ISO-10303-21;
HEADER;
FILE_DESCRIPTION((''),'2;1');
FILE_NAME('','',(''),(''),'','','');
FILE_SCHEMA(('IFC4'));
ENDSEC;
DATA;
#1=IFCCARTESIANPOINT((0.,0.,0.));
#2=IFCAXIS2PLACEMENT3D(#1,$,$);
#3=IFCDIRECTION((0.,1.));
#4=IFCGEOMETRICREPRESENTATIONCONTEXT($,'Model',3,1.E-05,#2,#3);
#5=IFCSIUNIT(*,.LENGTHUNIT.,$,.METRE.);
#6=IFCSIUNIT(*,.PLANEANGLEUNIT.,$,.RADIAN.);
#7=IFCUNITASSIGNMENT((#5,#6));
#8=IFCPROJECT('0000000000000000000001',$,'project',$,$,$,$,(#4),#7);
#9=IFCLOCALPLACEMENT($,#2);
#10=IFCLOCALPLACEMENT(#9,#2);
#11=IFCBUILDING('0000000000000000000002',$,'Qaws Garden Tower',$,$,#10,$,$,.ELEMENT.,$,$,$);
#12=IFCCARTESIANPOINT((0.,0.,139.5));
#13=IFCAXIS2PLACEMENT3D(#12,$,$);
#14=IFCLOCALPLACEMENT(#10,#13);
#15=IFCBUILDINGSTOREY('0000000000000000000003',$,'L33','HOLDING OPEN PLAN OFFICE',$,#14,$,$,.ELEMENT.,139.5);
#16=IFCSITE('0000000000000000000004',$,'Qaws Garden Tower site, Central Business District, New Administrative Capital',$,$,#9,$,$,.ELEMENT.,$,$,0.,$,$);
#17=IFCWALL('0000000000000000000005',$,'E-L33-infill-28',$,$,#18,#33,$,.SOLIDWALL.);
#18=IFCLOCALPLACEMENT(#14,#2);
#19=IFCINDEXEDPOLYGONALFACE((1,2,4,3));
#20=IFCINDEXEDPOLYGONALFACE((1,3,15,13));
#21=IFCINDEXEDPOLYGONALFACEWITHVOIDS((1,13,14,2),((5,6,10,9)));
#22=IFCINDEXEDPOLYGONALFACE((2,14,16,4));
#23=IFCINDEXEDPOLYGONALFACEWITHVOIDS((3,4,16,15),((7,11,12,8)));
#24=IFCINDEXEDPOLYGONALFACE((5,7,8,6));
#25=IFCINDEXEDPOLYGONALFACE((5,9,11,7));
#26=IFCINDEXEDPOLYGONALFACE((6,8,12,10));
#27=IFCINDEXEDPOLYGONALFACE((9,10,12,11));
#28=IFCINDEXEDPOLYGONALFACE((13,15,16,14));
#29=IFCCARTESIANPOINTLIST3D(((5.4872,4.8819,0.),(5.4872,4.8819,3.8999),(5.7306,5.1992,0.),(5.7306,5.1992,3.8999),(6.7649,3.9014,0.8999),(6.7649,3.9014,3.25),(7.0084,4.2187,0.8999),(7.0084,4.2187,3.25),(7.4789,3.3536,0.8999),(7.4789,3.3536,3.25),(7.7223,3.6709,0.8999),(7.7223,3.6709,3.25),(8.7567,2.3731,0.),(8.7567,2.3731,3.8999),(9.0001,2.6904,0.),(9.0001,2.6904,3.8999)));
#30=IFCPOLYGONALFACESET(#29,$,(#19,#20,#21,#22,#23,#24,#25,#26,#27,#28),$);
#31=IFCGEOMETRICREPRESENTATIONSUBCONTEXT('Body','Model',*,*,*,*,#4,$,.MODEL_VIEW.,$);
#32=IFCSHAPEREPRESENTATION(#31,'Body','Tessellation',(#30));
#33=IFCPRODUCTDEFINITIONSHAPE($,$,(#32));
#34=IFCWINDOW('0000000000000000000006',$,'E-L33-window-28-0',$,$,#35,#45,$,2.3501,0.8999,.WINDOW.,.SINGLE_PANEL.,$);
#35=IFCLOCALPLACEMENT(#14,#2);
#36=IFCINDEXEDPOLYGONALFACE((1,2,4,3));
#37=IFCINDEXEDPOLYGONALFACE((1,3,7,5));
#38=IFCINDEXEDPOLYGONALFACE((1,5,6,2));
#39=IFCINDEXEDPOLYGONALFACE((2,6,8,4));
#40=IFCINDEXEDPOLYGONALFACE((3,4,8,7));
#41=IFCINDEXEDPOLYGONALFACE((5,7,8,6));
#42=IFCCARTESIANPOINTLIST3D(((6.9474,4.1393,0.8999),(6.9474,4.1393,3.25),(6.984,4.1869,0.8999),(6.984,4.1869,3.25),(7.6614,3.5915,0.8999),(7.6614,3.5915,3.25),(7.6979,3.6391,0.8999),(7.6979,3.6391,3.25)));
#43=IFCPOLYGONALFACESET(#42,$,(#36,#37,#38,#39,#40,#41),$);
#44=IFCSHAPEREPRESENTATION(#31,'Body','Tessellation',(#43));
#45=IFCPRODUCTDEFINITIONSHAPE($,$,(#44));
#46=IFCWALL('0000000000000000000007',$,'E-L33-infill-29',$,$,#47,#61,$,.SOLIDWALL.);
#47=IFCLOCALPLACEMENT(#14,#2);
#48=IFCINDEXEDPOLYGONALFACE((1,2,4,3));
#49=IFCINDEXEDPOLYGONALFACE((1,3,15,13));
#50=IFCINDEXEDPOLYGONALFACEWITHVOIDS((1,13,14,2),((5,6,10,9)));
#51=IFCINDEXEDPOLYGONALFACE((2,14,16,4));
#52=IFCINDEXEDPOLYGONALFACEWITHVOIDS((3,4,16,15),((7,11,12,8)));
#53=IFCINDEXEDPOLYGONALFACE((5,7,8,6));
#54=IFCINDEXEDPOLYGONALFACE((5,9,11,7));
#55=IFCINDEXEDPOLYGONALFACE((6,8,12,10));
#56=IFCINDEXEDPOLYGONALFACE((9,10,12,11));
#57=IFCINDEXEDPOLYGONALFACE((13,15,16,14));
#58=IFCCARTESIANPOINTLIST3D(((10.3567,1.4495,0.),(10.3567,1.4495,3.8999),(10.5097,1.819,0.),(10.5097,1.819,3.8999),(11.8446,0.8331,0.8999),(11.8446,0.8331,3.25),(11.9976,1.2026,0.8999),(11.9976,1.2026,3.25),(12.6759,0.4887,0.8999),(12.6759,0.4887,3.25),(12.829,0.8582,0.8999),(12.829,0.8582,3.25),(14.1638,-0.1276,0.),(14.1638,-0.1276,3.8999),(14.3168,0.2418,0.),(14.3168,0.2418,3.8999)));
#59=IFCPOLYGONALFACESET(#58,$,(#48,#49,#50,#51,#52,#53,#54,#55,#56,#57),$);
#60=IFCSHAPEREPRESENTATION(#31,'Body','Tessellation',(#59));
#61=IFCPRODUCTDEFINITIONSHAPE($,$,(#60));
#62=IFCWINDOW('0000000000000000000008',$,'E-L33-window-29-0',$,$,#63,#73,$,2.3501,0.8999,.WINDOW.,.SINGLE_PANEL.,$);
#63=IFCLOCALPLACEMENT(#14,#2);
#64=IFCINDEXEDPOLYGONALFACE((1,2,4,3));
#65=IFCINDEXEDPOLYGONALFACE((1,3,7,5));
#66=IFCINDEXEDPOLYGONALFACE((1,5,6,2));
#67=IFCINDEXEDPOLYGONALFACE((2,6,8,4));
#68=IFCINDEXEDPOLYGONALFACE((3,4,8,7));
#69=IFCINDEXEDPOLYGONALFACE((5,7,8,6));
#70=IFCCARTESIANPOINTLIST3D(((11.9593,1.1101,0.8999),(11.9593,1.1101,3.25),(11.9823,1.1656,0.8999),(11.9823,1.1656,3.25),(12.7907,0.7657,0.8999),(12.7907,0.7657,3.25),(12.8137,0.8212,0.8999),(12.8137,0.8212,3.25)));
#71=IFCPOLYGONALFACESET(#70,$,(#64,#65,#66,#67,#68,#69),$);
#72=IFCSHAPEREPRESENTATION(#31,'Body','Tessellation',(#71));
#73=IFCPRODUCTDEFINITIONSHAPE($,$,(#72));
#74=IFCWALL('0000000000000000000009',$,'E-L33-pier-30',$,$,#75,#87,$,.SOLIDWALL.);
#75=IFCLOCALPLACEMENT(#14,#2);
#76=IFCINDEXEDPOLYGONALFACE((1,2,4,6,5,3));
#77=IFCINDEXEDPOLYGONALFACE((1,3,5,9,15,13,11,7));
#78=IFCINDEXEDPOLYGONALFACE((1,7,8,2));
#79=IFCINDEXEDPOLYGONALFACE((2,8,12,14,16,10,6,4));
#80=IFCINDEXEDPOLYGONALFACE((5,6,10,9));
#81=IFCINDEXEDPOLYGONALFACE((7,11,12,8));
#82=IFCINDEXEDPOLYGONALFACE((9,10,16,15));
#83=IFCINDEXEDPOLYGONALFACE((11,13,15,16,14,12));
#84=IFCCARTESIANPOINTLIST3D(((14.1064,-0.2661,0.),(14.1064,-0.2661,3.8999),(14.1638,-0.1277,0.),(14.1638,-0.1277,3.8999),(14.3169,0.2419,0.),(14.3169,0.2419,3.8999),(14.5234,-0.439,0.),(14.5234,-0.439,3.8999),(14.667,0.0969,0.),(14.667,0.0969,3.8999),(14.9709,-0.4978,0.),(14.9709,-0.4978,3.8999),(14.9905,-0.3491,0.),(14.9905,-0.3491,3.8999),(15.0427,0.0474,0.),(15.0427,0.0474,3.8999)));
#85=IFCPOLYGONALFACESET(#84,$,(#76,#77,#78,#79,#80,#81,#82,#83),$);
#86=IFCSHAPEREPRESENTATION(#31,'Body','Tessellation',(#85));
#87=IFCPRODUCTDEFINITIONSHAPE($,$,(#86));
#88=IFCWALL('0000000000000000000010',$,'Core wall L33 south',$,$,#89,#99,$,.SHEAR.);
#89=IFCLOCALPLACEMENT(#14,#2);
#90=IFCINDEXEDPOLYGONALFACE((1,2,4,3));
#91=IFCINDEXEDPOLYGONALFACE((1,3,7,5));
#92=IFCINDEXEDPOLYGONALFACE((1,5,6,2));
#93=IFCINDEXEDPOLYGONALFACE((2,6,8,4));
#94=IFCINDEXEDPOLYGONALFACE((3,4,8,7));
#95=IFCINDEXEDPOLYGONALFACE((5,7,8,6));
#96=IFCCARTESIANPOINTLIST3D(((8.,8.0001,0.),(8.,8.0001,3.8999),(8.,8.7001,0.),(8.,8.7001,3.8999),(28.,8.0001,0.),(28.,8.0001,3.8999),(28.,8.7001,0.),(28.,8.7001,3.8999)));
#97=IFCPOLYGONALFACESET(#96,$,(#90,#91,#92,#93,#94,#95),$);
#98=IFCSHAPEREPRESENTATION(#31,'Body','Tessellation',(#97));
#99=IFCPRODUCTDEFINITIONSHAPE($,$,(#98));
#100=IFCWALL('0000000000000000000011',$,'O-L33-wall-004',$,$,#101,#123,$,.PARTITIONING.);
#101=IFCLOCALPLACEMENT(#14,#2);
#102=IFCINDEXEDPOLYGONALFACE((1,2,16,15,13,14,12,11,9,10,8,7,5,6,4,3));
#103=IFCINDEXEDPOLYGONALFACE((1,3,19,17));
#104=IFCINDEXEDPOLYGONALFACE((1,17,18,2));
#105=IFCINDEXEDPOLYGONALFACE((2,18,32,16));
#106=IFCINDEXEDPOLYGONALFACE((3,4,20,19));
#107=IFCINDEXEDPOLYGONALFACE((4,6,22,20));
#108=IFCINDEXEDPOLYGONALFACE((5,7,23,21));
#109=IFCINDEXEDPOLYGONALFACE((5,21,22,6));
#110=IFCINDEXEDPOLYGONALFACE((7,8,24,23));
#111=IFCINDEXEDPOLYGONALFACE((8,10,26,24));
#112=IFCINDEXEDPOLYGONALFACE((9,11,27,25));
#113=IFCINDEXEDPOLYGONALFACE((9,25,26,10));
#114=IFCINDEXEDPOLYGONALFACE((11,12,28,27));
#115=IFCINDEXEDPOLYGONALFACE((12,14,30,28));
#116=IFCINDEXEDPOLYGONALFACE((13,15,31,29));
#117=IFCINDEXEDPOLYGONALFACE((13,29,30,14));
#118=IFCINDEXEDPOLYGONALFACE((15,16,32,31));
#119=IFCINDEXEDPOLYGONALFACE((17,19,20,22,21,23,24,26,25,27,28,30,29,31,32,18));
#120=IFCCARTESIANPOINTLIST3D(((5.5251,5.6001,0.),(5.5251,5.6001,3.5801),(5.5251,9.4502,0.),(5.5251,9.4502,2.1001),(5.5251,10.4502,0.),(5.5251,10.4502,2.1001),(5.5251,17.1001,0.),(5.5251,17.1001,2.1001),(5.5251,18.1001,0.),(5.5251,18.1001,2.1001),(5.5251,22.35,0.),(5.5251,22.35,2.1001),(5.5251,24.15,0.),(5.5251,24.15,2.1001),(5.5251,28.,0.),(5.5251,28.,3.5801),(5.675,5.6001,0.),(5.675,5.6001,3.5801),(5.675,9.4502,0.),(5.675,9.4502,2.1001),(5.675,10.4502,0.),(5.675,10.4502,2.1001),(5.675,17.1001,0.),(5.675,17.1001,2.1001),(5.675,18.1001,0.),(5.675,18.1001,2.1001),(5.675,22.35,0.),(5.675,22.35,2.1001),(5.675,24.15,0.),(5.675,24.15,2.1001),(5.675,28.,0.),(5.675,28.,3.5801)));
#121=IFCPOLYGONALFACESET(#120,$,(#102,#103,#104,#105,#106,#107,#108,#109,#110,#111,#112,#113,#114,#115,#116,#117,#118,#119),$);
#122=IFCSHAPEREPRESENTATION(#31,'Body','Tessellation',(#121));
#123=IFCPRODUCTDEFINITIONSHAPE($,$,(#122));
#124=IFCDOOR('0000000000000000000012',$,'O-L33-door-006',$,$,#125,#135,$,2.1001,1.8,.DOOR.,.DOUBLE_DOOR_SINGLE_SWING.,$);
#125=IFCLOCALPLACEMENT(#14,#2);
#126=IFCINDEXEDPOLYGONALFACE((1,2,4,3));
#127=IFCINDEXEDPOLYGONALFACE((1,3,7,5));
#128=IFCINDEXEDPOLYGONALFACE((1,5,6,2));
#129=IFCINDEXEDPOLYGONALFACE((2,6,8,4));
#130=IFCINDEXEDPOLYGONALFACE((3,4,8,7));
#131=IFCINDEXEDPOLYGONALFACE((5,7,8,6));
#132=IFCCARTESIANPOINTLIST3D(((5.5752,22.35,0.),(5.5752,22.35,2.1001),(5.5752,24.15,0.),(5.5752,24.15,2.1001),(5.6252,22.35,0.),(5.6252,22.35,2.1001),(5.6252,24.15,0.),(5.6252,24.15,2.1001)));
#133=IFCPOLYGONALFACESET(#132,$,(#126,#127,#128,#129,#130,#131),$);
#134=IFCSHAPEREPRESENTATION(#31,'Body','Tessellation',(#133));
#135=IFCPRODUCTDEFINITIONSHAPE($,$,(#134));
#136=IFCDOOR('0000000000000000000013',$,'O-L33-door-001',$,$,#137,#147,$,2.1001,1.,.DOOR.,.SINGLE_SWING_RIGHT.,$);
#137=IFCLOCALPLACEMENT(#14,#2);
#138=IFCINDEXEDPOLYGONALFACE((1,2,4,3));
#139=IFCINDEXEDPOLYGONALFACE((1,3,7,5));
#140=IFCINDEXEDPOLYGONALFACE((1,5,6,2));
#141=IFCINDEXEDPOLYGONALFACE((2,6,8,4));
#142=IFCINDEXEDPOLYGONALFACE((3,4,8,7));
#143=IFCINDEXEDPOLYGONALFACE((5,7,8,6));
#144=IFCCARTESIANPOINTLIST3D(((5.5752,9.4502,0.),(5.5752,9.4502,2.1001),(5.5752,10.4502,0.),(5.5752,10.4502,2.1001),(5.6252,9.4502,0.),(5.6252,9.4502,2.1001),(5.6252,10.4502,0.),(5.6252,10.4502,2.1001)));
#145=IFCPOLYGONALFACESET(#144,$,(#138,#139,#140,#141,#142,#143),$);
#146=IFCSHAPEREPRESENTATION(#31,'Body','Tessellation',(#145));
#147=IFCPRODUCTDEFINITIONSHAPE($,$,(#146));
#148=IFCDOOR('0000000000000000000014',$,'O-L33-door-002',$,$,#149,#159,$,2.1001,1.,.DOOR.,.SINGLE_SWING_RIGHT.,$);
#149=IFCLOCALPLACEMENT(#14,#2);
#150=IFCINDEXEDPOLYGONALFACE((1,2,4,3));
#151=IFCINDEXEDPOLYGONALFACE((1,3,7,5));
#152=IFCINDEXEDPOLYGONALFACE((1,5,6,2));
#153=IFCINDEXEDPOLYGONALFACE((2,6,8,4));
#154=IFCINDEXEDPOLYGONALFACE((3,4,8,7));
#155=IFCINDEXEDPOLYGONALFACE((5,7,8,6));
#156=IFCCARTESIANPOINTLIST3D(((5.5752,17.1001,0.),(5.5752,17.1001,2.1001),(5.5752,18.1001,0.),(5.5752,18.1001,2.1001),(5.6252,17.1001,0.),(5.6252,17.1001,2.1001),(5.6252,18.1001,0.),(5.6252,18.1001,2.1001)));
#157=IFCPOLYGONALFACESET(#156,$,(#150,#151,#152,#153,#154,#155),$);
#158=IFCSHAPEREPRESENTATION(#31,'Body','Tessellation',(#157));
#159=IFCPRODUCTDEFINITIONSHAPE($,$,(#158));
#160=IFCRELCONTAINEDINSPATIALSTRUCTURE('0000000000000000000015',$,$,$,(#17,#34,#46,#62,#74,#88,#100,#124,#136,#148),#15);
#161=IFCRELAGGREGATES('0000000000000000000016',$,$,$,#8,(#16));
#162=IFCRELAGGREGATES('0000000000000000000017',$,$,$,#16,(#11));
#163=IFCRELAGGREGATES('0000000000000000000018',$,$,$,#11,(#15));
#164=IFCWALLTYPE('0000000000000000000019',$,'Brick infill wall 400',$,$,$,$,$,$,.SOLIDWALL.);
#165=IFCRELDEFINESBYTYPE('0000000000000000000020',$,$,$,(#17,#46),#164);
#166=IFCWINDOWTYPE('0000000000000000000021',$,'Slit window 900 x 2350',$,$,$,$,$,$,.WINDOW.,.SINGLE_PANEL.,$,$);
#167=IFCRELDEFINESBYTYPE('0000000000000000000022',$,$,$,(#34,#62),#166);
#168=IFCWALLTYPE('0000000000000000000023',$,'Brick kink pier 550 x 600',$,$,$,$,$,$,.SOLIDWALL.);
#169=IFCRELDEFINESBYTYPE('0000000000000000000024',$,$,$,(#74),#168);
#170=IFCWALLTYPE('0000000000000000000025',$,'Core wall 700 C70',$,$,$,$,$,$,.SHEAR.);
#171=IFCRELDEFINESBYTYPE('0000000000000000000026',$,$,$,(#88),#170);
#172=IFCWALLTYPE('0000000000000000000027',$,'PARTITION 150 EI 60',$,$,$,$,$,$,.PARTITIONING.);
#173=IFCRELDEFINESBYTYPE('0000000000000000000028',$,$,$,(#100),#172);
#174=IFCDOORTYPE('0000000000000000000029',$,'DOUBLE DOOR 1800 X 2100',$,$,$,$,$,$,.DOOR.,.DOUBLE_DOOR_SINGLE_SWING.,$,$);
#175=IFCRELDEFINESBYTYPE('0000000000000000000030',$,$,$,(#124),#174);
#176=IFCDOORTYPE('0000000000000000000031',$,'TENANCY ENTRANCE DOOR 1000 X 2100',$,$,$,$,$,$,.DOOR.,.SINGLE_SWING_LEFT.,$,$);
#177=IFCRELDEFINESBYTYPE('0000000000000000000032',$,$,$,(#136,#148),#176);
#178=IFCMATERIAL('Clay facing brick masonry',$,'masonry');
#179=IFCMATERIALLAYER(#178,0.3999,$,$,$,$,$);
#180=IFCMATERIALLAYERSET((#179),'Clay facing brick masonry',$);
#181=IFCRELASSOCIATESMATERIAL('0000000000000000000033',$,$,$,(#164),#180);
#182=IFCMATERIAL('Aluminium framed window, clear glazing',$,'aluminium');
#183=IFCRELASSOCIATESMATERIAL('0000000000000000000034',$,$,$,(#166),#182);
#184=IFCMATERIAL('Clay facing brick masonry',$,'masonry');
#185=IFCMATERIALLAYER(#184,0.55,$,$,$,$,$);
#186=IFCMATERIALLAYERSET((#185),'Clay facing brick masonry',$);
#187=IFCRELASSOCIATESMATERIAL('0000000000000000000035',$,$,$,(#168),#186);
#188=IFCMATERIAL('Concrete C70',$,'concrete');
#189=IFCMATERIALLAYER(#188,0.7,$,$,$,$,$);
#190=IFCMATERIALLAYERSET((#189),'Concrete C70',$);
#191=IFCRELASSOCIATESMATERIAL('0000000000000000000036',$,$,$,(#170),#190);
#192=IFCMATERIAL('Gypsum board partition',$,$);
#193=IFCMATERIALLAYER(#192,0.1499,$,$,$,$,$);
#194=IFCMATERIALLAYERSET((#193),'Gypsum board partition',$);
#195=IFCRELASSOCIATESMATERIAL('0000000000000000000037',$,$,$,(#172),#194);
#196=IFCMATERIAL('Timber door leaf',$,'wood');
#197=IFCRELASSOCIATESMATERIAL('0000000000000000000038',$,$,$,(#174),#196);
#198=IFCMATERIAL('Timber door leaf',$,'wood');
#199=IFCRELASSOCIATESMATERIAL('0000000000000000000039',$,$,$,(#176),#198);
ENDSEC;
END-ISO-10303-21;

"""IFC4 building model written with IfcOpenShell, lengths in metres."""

from ifc_helpers import new_model, si_unit, direction, frame, frame_2d, origin, place, context, subcontext, project, spatial, polyline, rectangle, outline, extrude, material, layer, layer_set, type_object, element, fill, save


model = new_model("IFC4")

# Units and contexts
model_context = context("Model", 3, precision=1e-05, world=origin(), true_north=direction((0.0, 1.0)))
body_context = subcontext(model_context, "Body", "Model", "MODEL_VIEW")
ifc_project = project(units=[si_unit("LENGTHUNIT", "METRE"), si_unit("PLANEANGLEUNIT", "RADIAN")], contexts=[model_context])

# Site, building, storey
site_placement = place(None, origin())
site = spatial("IfcSite", under=ifc_project, at=site_placement, Name="Qaws Garden Tower site, Central Business District, New Administrative Capital", CompositionType="ELEMENT", RefElevation=0.0)
building_placement = place(site_placement, origin())
building = spatial("IfcBuilding", under=site, at=building_placement, Name="Qaws Garden Tower", CompositionType="ELEMENT")
storey_placement = place(building_placement, frame((0.0, 0.0, 139.5)))
storey = spatial("IfcBuildingStorey", under=building, at=storey_placement, Name="L33", Description="HOLDING OPEN PLAN OFFICE", CompositionType="ELEMENT", Elevation=139.5)

# Shared definitions
placement_1 = place(storey_placement, origin())

# Walls, openings, windows
ifc_material_1 = material(Name="Clay facing brick masonry", Category="masonry")
ifc_layer_1 = layer(ifc_material_1, 0.3999)
ifc_layer_set_1 = layer_set([ifc_layer_1], Name="Clay facing brick masonry")
wall_type_1 = type_object("IfcWallType", Name="Brick infill wall 400", PredefinedType="SOLIDWALL", material=ifc_layer_set_1)
ifc_material_2 = material(Name="Aluminium framed window, clear glazing", Category="aluminium")
window_type = type_object("IfcWindowType", Name="Slit window 900 x 2350", PartitioningType="SINGLE_PANEL", PredefinedType="WINDOW", material=ifc_material_2)
wall_1_placement = place(storey_placement, frame((5.6089, 5.0405, 0.0), z_axis=(0.0, 0.0, 1.0), x_axis=(0.793355, -0.60876, 0.0)))
wall_1 = element("IfcWall", 1, at=wall_1_placement, inside=storey, type_object=wall_type_1, Name="E-L33-infill-28", PredefinedType="SOLIDWALL", context=body_context, shape_type="SweptSolid", body=[
    extrude(rectangle(XDim=4.1211, YDim=0.3999, at=frame_2d((2.0605, 0.0))), origin(), (0.0, 0.0, 1.0), 3.8999),
])
opening_1_placement = place(wall_1_placement, frame((1.6106, 0.0, 0.8999)))
opening_1 = element("IfcOpeningElement", 2, at=opening_1_placement, cuts=wall_1, PredefinedType="OPENING", context=body_context, shape_type="SweptSolid", body=[
    extrude(rectangle(XDim=0.8999, YDim=2.3501, at=frame_2d((0.45, 1.175))), frame((0.0, 0.21, 0.0), z_axis=(0.0, -1.0, 0.0), x_axis=(1.0, 0.0, 0.0)), (0.0, 0.0, 1.0), 0.4199),
])
window_1_placement = place(opening_1_placement, origin())
window_1 = element("IfcWindow", 3, at=window_1_placement, inside=storey, type_object=window_type, Name="E-L33-window-28-0", OverallHeight=2.3501, OverallWidth=0.8999, PartitioningType="SINGLE_PANEL", PredefinedType="WINDOW", context=body_context, shape_type="SweptSolid", body=[
    extrude(rectangle(XDim=0.8999, YDim=2.3501, at=frame_2d((0.45, 1.175))), frame((0.0, 0.1599, 0.0), z_axis=(0.0, -1.0, 0.0), x_axis=(1.0, 0.0, 0.0)), (0.0, 0.0, 1.0), 0.0601),
])
fill(opening_1, window_1)
wall_2_placement = place(storey_placement, frame((10.4331, 1.6343, 0.0), z_axis=(0.0, 0.0, 1.0), x_axis=(0.923864, -0.382722, 0.0)))
wall_2 = element("IfcWall", 4, at=wall_2_placement, inside=storey, type_object=wall_type_1, Name="E-L33-infill-29", PredefinedType="SOLIDWALL", context=body_context, shape_type="SweptSolid", body=[
    extrude(rectangle(XDim=4.1208, YDim=0.3999, at=frame_2d((2.0605, 0.0))), origin(), (0.0, 0.0, 1.0), 3.8999),
])
opening_2_placement = place(wall_2_placement, frame((1.6106, 0.0, 0.8999)))
opening_2 = element("IfcOpeningElement", 5, at=opening_2_placement, cuts=wall_2, PredefinedType="OPENING", context=body_context, shape_type="SweptSolid", body=[
    extrude(rectangle(XDim=0.8999, YDim=2.3501, at=frame_2d((0.45, 1.175))), frame((0.0, 0.21, 0.0), z_axis=(0.0, -1.0, 0.0), x_axis=(1.0, 0.0, 0.0)), (0.0, 0.0, 1.0), 0.4199),
])
window_2_placement = place(opening_2_placement, origin())
window_2 = element("IfcWindow", 6, at=window_2_placement, inside=storey, type_object=window_type, Name="E-L33-window-29-0", OverallHeight=2.3501, OverallWidth=0.8999, PartitioningType="SINGLE_PANEL", PredefinedType="WINDOW", context=body_context, shape_type="SweptSolid", body=[
    extrude(rectangle(XDim=0.8999, YDim=2.3501, at=frame_2d((0.45, 1.175))), frame((0.0, 0.1599, 0.0), z_axis=(0.0, -1.0, 0.0), x_axis=(1.0, 0.0, 0.0)), (0.0, 0.0, 1.0), 0.0601),
])
fill(opening_2, window_2)

# Walls
ifc_material_3 = material(Name="Clay facing brick masonry", Category="masonry")
ifc_layer_2 = layer(ifc_material_3, 0.55)
ifc_layer_set_2 = layer_set([ifc_layer_2], Name="Clay facing brick masonry")
wall_type_2 = type_object("IfcWallType", Name="Brick kink pier 550 x 600", PredefinedType="SOLIDWALL", material=ifc_layer_set_2)
element("IfcWall", 7, at=placement_1, inside=storey, type_object=wall_type_2, Name="E-L33-pier-30", PredefinedType="SOLIDWALL", context=body_context, shape_type="SweptSolid", body=[
    extrude(outline(polyline([(14.1638, -0.1277), (14.1064, -0.2661), (14.5234, -0.439), (14.9709, -0.4978), (14.9905, -0.3491), (15.0427, 0.0474), (14.667, 0.0969), (14.3169, 0.2419), (14.1638, -0.1277)])), origin(), (0.0, 0.0, 1.0), 3.8999),
])
ifc_material_4 = material(Name="Concrete C70", Category="concrete")
ifc_layer_3 = layer(ifc_material_4, 0.7)
ifc_layer_set_3 = layer_set([ifc_layer_3], Name="Concrete C70")
wall_type_3 = type_object("IfcWallType", Name="Core wall 700 C70", PredefinedType="SHEAR", material=ifc_layer_set_3)
wall_3_placement = place(storey_placement, frame((8.0, 8.3501, 0.0), z_axis=(0.0, 0.0, 1.0), x_axis=(1.0, 0.0, 0.0)))
element("IfcWall", 8, at=wall_3_placement, inside=storey, type_object=wall_type_3, Name="Core wall L33 south", PredefinedType="SHEAR", context=body_context, shape_type="SweptSolid", body=[
    extrude(rectangle(XDim=20.0, YDim=0.7, at=frame_2d((10.0, 0.0))), origin(), (0.0, 0.0, 1.0), 3.8999),
])

# Wall, openings, doors
ifc_material_5 = material(Name="Gypsum board partition")
ifc_layer_4 = layer(ifc_material_5, 0.1499)
ifc_layer_set_4 = layer_set([ifc_layer_4], Name="Gypsum board partition")
wall_type_4 = type_object("IfcWallType", Name="PARTITION 150 EI 60", PredefinedType="PARTITIONING", material=ifc_layer_set_4)
wall_4_placement = place(storey_placement, frame((5.6001, 5.6001, 0.0), z_axis=(0.0, 0.0, 1.0), x_axis=(0.0, 1.0, 0.0)))
wall_4 = element("IfcWall", 9, at=wall_4_placement, inside=storey, type_object=wall_type_4, Name="O-L33-wall-004", PredefinedType="PARTITIONING", context=body_context, shape_type="SweptSolid", body=[
    extrude(rectangle(XDim=22.3999, YDim=0.1499, at=frame_2d((11.2, 0.0))), origin(), (0.0, 0.0, 1.0), 3.5801),
])
opening_3_placement = place(wall_4_placement, frame((3.8501, 0.0, 0.0)))
opening_3 = element("IfcOpeningElement", 10, at=opening_3_placement, cuts=wall_4, PredefinedType="OPENING", context=body_context, shape_type="SweptSolid", body=[
    extrude(rectangle(XDim=1.0, YDim=2.1001, at=frame_2d((0.5, 1.05))), frame((0.0, 0.085, 0.0), z_axis=(0.0, -1.0, 0.0), x_axis=(1.0, 0.0, 0.0)), (0.0, 0.0, 1.0), 0.1699),
])
opening_4_placement = place(wall_4_placement, frame((11.5, 0.0, 0.0)))
opening_4 = element("IfcOpeningElement", 11, at=opening_4_placement, cuts=wall_4, PredefinedType="OPENING", context=body_context, shape_type="SweptSolid", body=[
    extrude(rectangle(XDim=1.0, YDim=2.1001, at=frame_2d((0.5, 1.05))), frame((0.0, 0.085, 0.0), z_axis=(0.0, -1.0, 0.0), x_axis=(1.0, 0.0, 0.0)), (0.0, 0.0, 1.0), 0.1699),
])
opening_5_placement = place(wall_4_placement, frame((16.75, 0.0, 0.0)))
opening_5 = element("IfcOpeningElement", 12, at=opening_5_placement, cuts=wall_4, PredefinedType="OPENING", context=body_context, shape_type="SweptSolid", body=[
    extrude(rectangle(XDim=1.8, YDim=2.1001, at=frame_2d((0.8999, 1.05))), frame((0.0, 0.085, 0.0), z_axis=(0.0, -1.0, 0.0), x_axis=(1.0, 0.0, 0.0)), (0.0, 0.0, 1.0), 0.1699),
])
ifc_material_6 = material(Name="Timber door leaf", Category="wood")
door_type_1 = type_object("IfcDoorType", Name="DOUBLE DOOR 1800 X 2100", OperationType="DOUBLE_DOOR_SINGLE_SWING", PredefinedType="DOOR", material=ifc_material_6)
door_1_placement = place(opening_5_placement, origin())
door_1 = element("IfcDoor", 13, at=door_1_placement, inside=storey, type_object=door_type_1, Name="O-L33-door-006", OperationType="DOUBLE_DOOR_SINGLE_SWING", OverallHeight=2.1001, OverallWidth=1.8, PredefinedType="DOOR", context=body_context, shape_type="SweptSolid", body=[
    extrude(rectangle(XDim=1.8, YDim=2.1001, at=frame_2d((0.8999, 1.05))), frame((0.0, 0.0249, 0.0), z_axis=(0.0, -1.0, 0.0), x_axis=(1.0, 0.0, 0.0)), (0.0, 0.0, 1.0), 0.05),
])
fill(opening_5, door_1)
ifc_material_7 = material(Name="Timber door leaf", Category="wood")
door_type_2 = type_object("IfcDoorType", Name="TENANCY ENTRANCE DOOR 1000 X 2100", OperationType="SINGLE_SWING_LEFT", PredefinedType="DOOR", material=ifc_material_7)
door_2_placement = place(opening_3_placement, origin())
door_2 = element("IfcDoor", 14, at=door_2_placement, inside=storey, type_object=door_type_2, Name="O-L33-door-001", OperationType="SINGLE_SWING_RIGHT", OverallHeight=2.1001, OverallWidth=1.0, PredefinedType="DOOR", context=body_context, shape_type="SweptSolid", body=[
    extrude(rectangle(XDim=1.0, YDim=2.1001, at=frame_2d((0.5, 1.05))), frame((0.0, 0.0249, 0.0), z_axis=(0.0, -1.0, 0.0), x_axis=(1.0, 0.0, 0.0)), (0.0, 0.0, 1.0), 0.05),
])
fill(opening_3, door_2)
door_3_placement = place(opening_4_placement, origin())
door_3 = element("IfcDoor", 15, at=door_3_placement, inside=storey, type_object=door_type_2, Name="O-L33-door-002", OperationType="SINGLE_SWING_RIGHT", OverallHeight=2.1001, OverallWidth=1.0, PredefinedType="DOOR", context=body_context, shape_type="SweptSolid", body=[
    extrude(rectangle(XDim=1.0, YDim=2.1001, at=frame_2d((0.5, 1.05))), frame((0.0, 0.0249, 0.0), z_axis=(0.0, -1.0, 0.0), x_axis=(1.0, 0.0, 0.0)), (0.0, 0.0, 1.0), 0.05),
])
fill(opening_4, door_3)

save(model, "model.ifc")
